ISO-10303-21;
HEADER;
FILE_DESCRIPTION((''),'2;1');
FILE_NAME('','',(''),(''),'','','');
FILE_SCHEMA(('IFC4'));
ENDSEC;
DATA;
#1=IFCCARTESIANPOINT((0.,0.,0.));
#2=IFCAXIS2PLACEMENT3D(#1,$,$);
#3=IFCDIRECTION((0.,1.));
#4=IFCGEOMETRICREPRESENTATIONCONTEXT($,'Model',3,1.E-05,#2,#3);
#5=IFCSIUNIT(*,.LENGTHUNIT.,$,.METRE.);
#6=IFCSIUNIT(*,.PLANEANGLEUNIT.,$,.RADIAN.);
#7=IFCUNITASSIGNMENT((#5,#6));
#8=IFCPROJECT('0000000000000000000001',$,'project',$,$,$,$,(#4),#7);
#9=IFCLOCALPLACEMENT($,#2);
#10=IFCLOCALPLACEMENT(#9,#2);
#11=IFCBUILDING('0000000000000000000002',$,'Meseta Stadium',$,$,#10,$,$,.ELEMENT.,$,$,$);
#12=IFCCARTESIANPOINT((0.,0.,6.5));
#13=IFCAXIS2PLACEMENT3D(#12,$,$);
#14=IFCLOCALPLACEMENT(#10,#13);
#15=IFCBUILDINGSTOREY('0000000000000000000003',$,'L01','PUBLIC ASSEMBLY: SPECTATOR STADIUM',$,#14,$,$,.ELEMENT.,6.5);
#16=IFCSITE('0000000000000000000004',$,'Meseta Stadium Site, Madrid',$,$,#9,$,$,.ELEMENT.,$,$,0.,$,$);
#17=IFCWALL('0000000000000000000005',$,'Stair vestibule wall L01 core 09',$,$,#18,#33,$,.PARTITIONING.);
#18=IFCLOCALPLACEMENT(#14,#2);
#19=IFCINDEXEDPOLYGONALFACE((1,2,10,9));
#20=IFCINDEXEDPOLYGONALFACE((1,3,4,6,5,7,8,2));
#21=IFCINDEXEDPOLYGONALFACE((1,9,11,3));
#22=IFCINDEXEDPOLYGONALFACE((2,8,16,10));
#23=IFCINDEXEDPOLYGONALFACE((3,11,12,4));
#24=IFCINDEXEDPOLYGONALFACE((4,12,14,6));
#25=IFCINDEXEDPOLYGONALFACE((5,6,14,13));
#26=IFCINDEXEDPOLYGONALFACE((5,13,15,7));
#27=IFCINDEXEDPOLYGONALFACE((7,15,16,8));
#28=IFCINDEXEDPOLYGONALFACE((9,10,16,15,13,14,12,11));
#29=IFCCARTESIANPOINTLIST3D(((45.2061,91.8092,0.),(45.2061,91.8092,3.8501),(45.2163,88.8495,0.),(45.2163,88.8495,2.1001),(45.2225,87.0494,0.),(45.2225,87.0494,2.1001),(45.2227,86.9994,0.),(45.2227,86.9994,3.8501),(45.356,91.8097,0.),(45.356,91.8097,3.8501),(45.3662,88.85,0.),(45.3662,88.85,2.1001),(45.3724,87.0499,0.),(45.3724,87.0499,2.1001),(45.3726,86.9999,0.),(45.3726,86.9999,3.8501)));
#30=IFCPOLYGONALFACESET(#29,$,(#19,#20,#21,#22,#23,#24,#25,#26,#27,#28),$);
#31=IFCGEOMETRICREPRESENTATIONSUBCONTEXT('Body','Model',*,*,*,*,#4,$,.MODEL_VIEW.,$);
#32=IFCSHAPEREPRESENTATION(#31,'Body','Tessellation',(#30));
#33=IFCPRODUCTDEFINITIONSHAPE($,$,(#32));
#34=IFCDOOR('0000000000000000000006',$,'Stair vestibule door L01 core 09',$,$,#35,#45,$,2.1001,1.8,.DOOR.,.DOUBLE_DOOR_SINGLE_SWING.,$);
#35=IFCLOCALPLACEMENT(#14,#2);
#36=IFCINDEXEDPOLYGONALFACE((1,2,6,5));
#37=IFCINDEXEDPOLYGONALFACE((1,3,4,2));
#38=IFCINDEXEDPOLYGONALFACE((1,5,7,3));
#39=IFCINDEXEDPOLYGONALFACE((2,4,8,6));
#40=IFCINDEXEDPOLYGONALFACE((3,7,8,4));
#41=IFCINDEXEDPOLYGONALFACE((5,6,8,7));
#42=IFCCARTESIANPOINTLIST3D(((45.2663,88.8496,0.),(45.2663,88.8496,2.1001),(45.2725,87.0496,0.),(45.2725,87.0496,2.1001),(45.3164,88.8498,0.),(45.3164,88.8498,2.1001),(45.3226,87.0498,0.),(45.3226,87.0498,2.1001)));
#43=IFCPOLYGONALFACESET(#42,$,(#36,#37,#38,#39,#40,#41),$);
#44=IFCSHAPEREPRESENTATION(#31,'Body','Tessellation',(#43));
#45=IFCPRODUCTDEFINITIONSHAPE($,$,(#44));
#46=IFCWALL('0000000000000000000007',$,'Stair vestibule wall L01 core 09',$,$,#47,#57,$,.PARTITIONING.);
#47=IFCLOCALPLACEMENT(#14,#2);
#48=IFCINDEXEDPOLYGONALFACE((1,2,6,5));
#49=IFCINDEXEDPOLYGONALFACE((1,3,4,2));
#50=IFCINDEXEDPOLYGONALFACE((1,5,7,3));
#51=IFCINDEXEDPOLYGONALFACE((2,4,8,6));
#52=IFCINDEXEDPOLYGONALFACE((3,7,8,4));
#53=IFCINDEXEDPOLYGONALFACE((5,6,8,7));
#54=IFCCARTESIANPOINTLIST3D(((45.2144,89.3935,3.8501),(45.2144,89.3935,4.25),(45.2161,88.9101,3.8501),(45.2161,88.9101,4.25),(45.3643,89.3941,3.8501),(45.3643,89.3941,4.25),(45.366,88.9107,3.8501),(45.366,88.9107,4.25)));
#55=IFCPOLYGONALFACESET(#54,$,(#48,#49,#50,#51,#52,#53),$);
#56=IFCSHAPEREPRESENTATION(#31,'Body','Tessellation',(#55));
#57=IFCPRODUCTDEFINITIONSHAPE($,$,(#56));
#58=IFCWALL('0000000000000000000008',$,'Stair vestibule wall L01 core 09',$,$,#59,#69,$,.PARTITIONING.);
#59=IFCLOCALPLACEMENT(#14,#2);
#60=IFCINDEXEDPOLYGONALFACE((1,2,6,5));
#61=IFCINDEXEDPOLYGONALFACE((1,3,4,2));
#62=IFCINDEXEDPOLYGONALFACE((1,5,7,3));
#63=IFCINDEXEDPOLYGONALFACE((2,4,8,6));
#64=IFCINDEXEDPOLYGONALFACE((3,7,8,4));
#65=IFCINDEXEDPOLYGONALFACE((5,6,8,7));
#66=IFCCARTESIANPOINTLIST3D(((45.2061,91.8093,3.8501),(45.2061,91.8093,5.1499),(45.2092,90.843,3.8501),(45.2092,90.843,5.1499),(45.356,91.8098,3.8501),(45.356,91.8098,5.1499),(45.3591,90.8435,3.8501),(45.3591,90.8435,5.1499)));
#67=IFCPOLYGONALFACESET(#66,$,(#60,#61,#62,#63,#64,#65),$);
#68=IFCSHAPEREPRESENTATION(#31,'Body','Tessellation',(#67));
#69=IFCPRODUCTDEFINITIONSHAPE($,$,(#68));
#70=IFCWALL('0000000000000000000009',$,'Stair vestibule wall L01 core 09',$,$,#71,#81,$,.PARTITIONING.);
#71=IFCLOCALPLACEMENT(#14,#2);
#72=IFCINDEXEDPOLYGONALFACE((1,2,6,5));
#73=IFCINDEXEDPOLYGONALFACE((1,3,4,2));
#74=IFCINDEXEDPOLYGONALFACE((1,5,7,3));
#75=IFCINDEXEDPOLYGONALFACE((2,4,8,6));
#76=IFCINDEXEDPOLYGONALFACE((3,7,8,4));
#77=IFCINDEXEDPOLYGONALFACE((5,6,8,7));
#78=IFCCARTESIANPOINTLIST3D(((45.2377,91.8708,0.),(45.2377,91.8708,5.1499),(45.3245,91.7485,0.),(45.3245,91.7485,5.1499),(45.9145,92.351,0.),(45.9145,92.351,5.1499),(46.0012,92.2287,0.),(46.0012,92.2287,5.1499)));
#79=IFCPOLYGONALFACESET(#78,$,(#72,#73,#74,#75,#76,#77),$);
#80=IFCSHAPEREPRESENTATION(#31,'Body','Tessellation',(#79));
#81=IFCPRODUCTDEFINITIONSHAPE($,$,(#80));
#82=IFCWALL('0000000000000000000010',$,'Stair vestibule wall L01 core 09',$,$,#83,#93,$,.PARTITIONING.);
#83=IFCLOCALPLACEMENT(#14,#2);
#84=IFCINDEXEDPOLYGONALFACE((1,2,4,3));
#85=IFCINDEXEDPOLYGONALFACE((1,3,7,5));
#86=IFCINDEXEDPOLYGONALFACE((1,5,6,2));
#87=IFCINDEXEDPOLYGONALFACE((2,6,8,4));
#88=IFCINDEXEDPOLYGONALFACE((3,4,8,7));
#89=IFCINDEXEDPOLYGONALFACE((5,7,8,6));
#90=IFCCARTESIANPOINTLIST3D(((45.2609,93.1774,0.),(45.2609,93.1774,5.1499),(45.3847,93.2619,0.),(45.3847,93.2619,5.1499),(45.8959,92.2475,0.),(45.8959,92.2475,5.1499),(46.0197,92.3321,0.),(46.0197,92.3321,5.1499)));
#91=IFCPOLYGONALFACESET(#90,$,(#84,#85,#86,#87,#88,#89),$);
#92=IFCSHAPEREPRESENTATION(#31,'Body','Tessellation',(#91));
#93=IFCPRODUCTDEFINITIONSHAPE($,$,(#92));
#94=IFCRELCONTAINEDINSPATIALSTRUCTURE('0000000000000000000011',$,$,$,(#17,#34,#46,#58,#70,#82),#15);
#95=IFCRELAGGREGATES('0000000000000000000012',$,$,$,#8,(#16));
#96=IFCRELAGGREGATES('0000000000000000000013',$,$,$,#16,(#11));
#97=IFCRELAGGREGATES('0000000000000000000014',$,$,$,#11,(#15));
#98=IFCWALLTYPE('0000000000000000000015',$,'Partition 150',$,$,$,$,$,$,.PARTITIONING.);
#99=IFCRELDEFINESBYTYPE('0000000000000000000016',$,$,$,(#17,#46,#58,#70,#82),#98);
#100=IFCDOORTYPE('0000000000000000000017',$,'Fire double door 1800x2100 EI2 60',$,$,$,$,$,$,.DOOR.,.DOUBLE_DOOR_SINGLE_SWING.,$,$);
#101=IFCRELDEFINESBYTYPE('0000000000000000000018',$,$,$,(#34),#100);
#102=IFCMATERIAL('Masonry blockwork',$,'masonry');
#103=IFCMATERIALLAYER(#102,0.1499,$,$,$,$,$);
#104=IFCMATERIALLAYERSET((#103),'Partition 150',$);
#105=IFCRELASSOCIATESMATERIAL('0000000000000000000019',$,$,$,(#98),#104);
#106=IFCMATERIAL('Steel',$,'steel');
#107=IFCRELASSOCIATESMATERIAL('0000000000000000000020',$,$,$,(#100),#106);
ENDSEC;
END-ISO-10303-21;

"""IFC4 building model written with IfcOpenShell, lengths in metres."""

from ifc_helpers import new_model, si_unit, direction, frame, frame_2d, origin, place, context, subcontext, project, spatial, rectangle, extrude, material, layer, layer_set, type_object, element, fill, save


model = new_model("IFC4")

# Units and contexts
model_context = context("Model", 3, precision=1e-05, world=origin(), true_north=direction((0.0, 1.0)))
body_context = subcontext(model_context, "Body", "Model", "MODEL_VIEW")
ifc_project = project(units=[si_unit("LENGTHUNIT", "METRE"), si_unit("PLANEANGLEUNIT", "RADIAN")], contexts=[model_context])

# Site, building, storey
site_placement = place(None, origin())
site = spatial("IfcSite", under=ifc_project, at=site_placement, Name="Meseta Stadium Site, Madrid", CompositionType="ELEMENT", RefElevation=0.0)
building_placement = place(site_placement, origin())
building = spatial("IfcBuilding", under=site, at=building_placement, Name="Meseta Stadium", CompositionType="ELEMENT")
storey_placement = place(building_placement, frame((0.0, 0.0, 6.5)))
storey = spatial("IfcBuildingStorey", under=building, at=storey_placement, Name="L01", Description="PUBLIC ASSEMBLY: SPECTATOR STADIUM", CompositionType="ELEMENT", Elevation=6.5)

# Wall, opening, door
ifc_material_1 = material(Name="Masonry blockwork", Category="masonry")
ifc_layer_1 = layer(ifc_material_1, 0.1499)
ifc_layer_set_1 = layer_set([ifc_layer_1], Name="Partition 150")
wall_type_1 = type_object("IfcWallType", Name="Partition 150", PredefinedType="PARTITIONING", material=ifc_layer_set_1)
wall_1_placement = place(storey_placement, frame((45.2976, 86.9998, 0.0), z_axis=(0.0, 0.0, 1.0), x_axis=(-0.003452, 0.999994, 0.0)))
wall_1 = element("IfcWall", 1, at=wall_1_placement, inside=storey, type_object=wall_type_1, Name="Stair vestibule wall L01 core 09", PredefinedType="PARTITIONING", context=body_context, shape_type="SweptSolid", body=[
    extrude(rectangle(XDim=4.8098, YDim=0.1499, at=frame_2d((2.4048, 0.0))), origin(), (0.0, 0.0, 1.0), 3.8501),
])
opening_1_placement = place(wall_1_placement, frame((0.05, 0.0, 0.0)))
opening_1 = element("IfcOpeningElement", 2, at=opening_1_placement, cuts=wall_1, PredefinedType="OPENING", context=body_context, shape_type="SweptSolid", body=[
    extrude(rectangle(XDim=1.8, YDim=2.1001, at=frame_2d((0.8999, 1.05))), frame((0.0, 0.085, 0.0), z_axis=(0.0, -1.0, 0.0), x_axis=(1.0, 0.0, 0.0)), (0.0, 0.0, 1.0), 0.1699),
])
ifc_material_2 = material(Name="Steel", Category="steel")
door_type_1 = type_object("IfcDoorType", Name="Fire double door 1800x2100 EI2 60", OperationType="DOUBLE_DOOR_SINGLE_SWING", PredefinedType="DOOR", material=ifc_material_2)
door_1_placement = place(opening_1_placement, origin())
door_1 = element("IfcDoor", 3, at=door_1_placement, inside=storey, type_object=door_type_1, Name="Stair vestibule door L01 core 09", OperationType="DOUBLE_DOOR_SINGLE_SWING", OverallHeight=2.1001, OverallWidth=1.8, PredefinedType="DOOR", context=body_context, shape_type="SweptSolid", body=[
    extrude(rectangle(XDim=1.8, YDim=2.1001, at=frame_2d((0.8999, 1.05))), frame((0.0, 0.0249, 0.0), z_axis=(0.0, -1.0, 0.0), x_axis=(1.0, 0.0, 0.0)), (0.0, 0.0, 1.0), 0.05),
])
fill(opening_1, door_1)

# Walls
wall_2_placement = place(storey_placement, frame((45.291, 88.9104, 3.8501), z_axis=(0.0, 0.0, 1.0), x_axis=(-0.003535, 0.999994, 0.0)))
element("IfcWall", 4, at=wall_2_placement, inside=storey, type_object=wall_type_1, Name="Stair vestibule wall L01 core 09", PredefinedType="PARTITIONING", context=body_context, shape_type="SweptSolid", body=[
    extrude(rectangle(XDim=0.4834, YDim=0.1499, at=frame_2d((0.2417, 0.0))), origin(), (0.0, 0.0, 1.0), 0.3999),
])
wall_3_placement = place(storey_placement, frame((45.2842, 90.8433, 3.8501), z_axis=(0.0, 0.0, 1.0), x_axis=(-0.003284, 0.999995, 0.0)))
element("IfcWall", 5, at=wall_3_placement, inside=storey, type_object=wall_type_1, Name="Stair vestibule wall L01 core 09", PredefinedType="PARTITIONING", context=body_context, shape_type="SweptSolid", body=[
    extrude(rectangle(XDim=0.9663, YDim=0.1499, at=frame_2d((0.4832, 0.0))), origin(), (0.0, 0.0, 1.0), 1.2998),
])
wall_4_placement = place(storey_placement, frame((45.281, 91.8096, 0.0), z_axis=(0.0, 0.0, 1.0), x_axis=(0.815538, 0.578703, 0.0)))
element("IfcWall", 6, at=wall_4_placement, inside=storey, type_object=wall_type_1, Name="Stair vestibule wall L01 core 09", PredefinedType="PARTITIONING", context=body_context, shape_type="SweptSolid", body=[
    extrude(rectangle(XDim=0.8298, YDim=0.1499, at=frame_2d((0.415, 0.0))), origin(), (0.0, 0.0, 1.0), 5.1499),
])
wall_5_placement = place(storey_placement, frame((45.9578, 92.2898, 0.0), z_axis=(0.0, 0.0, 1.0), x_axis=(-0.563922, 0.825828, 0.0)))
element("IfcWall", 7, at=wall_5_placement, inside=storey, type_object=wall_type_1, Name="Stair vestibule wall L01 core 09", PredefinedType="PARTITIONING", context=body_context, shape_type="SweptSolid", body=[
    extrude(rectangle(XDim=1.126, YDim=0.1499, at=frame_2d((0.563, 0.0))), origin(), (0.0, 0.0, 1.0), 5.1499),
])

save(model, "model.ifc")
